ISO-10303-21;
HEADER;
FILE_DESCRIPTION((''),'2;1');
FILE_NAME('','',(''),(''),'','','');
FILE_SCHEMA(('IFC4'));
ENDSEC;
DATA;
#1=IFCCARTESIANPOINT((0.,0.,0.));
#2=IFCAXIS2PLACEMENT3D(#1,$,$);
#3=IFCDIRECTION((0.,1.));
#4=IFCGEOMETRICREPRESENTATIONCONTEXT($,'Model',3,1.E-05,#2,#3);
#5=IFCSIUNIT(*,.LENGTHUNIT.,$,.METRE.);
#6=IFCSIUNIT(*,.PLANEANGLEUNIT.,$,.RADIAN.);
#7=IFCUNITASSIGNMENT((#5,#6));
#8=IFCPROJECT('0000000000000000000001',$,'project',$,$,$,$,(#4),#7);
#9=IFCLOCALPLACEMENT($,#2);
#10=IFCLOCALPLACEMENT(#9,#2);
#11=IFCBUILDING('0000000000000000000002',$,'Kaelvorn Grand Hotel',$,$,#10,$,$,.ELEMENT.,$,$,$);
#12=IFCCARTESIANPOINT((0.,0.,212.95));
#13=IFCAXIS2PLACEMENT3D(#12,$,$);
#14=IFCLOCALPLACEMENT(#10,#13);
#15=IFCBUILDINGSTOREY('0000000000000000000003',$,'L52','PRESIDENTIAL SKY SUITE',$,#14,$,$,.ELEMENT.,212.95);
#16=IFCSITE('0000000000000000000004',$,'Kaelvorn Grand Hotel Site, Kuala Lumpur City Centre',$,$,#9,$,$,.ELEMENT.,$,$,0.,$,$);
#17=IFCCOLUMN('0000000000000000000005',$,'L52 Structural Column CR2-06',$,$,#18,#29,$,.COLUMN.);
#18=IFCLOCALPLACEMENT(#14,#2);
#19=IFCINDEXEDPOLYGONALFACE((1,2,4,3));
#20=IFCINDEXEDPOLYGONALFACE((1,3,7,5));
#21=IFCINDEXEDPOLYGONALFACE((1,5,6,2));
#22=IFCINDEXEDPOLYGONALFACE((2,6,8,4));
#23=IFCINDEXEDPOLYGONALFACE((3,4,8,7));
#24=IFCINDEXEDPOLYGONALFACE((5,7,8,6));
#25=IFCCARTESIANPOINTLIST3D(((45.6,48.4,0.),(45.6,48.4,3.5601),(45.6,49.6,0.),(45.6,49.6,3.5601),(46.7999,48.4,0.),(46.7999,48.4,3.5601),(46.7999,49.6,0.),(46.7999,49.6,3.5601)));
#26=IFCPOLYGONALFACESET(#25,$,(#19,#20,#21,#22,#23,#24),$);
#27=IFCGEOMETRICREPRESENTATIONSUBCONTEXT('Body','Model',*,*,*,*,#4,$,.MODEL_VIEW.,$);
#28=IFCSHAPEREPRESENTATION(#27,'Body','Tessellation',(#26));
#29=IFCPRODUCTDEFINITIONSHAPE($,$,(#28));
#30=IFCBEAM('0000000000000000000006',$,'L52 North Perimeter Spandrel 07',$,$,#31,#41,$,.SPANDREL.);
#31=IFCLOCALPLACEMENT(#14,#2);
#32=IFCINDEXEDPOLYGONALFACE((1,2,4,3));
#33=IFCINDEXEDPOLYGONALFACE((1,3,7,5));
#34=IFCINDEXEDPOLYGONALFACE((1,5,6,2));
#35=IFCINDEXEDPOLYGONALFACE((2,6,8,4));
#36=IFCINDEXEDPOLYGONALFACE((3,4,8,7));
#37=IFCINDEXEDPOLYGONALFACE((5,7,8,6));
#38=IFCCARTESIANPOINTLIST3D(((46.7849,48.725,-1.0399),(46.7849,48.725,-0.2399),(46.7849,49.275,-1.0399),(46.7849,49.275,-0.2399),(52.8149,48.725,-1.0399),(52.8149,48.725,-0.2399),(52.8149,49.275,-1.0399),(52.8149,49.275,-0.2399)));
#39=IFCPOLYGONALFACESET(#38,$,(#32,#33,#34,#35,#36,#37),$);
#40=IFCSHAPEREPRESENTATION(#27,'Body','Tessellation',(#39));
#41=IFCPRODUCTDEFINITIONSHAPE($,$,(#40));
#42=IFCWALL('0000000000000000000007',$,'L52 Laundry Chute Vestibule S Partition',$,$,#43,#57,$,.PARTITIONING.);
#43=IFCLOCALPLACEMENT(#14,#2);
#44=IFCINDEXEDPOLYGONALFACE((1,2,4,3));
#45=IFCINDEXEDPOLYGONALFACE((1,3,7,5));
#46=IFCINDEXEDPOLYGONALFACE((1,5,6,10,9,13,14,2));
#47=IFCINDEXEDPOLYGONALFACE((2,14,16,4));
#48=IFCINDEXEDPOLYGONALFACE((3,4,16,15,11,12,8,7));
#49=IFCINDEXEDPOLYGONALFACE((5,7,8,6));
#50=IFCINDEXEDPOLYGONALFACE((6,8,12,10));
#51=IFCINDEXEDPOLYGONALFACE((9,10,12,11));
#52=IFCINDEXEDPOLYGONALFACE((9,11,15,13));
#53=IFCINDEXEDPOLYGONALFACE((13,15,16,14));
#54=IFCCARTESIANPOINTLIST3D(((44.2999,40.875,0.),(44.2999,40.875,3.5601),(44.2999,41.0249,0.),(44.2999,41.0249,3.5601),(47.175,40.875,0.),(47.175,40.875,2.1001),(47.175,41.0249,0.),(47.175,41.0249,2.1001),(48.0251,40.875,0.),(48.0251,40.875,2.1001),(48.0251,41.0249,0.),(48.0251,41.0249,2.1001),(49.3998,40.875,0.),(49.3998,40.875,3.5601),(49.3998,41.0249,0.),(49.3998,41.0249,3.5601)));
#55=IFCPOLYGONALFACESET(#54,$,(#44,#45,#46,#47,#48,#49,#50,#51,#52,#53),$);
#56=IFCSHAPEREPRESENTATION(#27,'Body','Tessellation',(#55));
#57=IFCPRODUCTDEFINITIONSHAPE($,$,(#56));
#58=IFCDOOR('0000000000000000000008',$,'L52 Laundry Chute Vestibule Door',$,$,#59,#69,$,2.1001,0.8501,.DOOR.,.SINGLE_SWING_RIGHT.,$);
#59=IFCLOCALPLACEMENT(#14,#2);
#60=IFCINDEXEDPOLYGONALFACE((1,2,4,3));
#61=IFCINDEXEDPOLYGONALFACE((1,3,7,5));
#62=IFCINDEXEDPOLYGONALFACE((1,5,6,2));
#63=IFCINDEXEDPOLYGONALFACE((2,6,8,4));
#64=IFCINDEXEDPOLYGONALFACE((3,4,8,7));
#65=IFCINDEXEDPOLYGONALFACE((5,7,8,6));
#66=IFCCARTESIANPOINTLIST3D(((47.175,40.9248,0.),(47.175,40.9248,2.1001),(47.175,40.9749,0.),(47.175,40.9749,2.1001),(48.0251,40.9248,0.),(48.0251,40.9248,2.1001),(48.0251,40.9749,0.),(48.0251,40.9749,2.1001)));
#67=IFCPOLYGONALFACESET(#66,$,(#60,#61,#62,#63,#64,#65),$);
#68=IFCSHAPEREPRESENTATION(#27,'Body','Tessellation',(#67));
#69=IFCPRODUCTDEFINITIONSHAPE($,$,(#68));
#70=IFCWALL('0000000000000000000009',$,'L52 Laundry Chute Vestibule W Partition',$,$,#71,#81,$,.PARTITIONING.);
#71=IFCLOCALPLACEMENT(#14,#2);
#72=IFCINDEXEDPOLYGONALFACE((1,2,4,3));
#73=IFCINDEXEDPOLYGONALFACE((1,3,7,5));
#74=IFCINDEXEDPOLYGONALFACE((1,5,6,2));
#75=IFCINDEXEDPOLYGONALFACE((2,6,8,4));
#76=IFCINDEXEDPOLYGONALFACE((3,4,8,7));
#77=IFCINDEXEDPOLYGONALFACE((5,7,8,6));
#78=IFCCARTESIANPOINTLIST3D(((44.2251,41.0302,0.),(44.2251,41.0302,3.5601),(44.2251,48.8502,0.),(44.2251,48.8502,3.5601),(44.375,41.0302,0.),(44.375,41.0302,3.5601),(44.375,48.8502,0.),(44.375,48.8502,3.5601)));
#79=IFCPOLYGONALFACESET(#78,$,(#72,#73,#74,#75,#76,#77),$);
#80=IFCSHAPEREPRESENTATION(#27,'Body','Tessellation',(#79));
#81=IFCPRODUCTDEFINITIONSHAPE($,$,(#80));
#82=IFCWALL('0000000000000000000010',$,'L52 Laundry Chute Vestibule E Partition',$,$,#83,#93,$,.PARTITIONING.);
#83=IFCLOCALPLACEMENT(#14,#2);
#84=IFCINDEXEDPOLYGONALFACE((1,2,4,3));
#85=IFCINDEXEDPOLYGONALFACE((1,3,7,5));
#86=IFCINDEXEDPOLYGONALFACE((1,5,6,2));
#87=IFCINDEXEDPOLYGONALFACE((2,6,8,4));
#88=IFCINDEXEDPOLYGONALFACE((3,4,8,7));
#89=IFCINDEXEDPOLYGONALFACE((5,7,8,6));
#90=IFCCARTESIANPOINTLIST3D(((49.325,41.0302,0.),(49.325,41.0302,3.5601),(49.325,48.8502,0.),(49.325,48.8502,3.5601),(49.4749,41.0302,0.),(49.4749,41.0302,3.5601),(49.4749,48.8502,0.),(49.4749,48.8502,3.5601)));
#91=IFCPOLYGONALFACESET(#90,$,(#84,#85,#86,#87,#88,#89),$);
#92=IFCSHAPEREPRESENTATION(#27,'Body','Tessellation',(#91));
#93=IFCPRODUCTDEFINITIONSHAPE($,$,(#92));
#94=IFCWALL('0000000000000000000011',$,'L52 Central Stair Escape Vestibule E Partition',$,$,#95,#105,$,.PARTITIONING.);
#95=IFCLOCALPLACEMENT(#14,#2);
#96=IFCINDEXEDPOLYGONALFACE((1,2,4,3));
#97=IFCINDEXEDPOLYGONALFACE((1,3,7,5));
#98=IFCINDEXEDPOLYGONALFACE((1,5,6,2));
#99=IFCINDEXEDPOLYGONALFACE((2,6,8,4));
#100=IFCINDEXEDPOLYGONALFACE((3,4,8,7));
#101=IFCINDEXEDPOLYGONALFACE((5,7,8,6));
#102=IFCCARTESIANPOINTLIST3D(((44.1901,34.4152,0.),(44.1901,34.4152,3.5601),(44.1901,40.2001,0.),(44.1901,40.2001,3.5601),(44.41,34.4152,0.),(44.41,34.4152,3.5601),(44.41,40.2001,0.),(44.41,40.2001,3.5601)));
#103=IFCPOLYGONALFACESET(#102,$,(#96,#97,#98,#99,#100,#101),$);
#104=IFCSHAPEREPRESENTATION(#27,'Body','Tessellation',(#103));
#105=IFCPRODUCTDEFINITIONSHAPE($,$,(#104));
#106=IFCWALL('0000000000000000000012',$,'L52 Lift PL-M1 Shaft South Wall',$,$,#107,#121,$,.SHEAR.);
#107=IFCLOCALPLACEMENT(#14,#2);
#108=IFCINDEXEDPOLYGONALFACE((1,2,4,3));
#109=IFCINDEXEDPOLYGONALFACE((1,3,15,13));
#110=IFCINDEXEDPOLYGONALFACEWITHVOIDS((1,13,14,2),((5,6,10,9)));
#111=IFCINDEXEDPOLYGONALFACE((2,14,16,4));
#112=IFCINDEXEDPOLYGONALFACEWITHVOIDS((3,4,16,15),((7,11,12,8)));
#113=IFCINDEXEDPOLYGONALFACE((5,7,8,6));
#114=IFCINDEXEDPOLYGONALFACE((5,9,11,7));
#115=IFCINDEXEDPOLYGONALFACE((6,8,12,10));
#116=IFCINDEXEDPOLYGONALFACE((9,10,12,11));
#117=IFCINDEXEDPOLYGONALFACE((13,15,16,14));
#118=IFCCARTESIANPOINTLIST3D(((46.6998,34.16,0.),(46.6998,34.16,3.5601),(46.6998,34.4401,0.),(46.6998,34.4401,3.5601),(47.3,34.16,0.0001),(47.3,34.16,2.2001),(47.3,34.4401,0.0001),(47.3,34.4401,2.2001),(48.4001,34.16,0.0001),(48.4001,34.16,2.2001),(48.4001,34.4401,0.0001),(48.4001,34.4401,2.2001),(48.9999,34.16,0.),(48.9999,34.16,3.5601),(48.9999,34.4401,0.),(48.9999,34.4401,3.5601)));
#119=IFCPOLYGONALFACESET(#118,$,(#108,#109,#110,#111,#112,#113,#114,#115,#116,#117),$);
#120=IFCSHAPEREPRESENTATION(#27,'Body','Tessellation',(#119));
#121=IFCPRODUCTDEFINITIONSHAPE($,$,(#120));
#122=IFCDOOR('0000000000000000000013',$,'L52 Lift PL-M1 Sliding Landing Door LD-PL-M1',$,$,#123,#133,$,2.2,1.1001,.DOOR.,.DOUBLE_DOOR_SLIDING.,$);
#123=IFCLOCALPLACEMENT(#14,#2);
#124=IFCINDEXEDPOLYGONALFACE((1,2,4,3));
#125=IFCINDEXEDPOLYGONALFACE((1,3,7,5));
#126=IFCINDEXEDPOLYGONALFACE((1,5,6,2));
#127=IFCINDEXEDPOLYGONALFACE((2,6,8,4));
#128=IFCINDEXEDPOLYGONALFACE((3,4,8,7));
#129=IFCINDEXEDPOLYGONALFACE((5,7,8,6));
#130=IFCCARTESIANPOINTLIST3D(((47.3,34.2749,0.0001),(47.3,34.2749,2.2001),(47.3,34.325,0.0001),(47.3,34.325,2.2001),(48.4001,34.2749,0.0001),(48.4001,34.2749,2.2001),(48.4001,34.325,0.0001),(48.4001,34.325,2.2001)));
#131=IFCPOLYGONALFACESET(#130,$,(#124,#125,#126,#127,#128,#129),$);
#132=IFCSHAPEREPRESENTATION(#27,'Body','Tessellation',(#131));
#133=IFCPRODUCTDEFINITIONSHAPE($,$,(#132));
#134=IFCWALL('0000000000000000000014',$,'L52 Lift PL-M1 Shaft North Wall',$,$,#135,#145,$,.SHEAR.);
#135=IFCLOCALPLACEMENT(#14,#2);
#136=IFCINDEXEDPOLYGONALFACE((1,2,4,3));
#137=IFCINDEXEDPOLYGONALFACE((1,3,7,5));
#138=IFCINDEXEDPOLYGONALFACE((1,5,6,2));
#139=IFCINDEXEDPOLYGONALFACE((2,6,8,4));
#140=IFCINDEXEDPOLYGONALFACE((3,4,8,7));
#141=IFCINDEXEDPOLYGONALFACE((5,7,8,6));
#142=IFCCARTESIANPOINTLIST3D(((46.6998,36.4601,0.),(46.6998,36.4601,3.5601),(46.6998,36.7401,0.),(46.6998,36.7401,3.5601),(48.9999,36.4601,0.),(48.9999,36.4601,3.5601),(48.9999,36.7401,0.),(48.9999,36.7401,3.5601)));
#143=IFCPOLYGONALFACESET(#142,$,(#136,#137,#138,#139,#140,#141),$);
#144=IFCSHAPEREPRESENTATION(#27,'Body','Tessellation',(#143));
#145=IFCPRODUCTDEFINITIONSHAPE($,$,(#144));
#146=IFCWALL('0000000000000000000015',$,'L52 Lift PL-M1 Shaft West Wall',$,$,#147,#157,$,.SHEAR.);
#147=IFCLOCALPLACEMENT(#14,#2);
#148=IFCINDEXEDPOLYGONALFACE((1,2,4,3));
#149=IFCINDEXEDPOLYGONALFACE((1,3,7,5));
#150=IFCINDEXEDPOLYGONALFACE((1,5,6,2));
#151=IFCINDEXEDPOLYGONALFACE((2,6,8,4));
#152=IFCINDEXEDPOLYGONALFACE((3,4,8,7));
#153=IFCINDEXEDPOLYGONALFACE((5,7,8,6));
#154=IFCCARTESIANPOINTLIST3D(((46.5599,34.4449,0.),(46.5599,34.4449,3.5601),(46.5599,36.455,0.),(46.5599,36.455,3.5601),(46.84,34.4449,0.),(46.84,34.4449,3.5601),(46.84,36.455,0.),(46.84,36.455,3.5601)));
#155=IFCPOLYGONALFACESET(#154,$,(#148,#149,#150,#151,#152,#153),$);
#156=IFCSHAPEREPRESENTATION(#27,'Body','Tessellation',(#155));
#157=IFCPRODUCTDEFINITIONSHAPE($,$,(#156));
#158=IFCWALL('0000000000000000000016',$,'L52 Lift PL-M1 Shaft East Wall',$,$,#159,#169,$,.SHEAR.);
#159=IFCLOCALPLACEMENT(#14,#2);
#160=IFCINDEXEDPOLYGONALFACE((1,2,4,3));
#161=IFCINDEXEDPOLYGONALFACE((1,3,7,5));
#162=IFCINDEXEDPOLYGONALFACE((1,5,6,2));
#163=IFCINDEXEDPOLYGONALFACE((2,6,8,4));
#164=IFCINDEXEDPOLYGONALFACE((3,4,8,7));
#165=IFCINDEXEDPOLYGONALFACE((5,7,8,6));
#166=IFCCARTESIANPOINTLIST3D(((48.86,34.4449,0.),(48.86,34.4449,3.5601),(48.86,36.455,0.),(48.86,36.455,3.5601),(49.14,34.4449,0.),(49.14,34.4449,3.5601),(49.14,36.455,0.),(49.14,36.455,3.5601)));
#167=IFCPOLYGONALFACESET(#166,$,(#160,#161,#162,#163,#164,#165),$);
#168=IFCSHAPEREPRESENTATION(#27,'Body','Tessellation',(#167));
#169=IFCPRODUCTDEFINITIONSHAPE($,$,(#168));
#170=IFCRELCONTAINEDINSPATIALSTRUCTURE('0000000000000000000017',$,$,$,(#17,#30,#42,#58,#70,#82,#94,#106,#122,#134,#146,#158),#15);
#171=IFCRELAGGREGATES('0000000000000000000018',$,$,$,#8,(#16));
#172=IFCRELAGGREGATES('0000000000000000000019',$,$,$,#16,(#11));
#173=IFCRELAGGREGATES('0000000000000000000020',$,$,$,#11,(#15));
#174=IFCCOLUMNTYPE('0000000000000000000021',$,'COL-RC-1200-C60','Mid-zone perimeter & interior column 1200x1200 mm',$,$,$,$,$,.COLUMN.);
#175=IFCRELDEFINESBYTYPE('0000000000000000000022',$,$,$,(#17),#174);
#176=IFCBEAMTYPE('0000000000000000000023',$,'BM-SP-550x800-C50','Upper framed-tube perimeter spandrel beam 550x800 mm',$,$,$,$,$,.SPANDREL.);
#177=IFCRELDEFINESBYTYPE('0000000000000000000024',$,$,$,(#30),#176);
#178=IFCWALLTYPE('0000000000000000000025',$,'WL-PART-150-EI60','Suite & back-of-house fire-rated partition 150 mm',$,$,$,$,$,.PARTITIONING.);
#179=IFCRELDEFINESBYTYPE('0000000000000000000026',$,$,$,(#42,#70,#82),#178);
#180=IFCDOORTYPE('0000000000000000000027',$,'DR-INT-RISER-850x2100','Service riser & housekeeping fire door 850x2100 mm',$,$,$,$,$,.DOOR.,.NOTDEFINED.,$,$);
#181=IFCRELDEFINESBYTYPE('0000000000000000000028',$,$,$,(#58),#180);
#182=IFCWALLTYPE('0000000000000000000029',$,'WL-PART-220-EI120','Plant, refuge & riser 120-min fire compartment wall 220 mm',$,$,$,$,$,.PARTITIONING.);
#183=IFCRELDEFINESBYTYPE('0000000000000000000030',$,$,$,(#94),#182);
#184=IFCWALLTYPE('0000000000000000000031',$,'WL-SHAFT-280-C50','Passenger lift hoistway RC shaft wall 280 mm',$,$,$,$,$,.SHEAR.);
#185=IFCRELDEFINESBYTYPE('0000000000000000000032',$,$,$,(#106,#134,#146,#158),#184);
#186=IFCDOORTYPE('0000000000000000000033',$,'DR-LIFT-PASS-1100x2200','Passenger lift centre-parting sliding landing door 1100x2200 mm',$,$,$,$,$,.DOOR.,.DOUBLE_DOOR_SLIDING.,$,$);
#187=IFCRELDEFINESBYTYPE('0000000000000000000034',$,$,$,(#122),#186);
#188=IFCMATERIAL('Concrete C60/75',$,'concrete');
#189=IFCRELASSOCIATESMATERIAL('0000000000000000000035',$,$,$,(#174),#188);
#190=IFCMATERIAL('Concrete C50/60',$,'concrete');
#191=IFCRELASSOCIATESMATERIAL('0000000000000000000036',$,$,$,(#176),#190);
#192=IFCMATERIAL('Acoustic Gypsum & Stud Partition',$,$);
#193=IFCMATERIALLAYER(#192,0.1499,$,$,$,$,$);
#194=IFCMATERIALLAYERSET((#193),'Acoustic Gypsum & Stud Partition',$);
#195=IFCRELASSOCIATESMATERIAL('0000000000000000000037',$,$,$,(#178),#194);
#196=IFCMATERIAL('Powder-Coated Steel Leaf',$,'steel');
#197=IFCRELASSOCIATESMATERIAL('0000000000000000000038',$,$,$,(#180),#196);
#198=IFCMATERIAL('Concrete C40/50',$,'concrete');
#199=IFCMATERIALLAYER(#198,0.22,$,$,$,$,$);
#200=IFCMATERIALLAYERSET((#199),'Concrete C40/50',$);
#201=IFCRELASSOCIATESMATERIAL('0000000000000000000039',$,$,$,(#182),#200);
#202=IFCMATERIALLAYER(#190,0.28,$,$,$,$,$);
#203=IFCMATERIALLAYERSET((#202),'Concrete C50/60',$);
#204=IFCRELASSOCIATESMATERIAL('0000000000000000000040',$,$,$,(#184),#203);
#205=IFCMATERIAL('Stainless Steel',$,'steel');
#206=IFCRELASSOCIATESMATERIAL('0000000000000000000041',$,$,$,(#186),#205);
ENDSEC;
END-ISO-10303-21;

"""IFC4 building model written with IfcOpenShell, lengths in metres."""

from ifc_helpers import new_model, si_unit, direction, frame, frame_2d, origin, origin_2d, place, context, subcontext, project, spatial, rectangle, extrude, material, layer, layer_set, material_profile, profile_set, type_object, element, fill, save


model = new_model("IFC4")

# Units and contexts
model_context = context("Model", 3, precision=1e-05, world=origin(), true_north=direction((0.0, 1.0)))
body_context = subcontext(model_context, "Body", "Model", "MODEL_VIEW")
ifc_project = project(units=[si_unit("LENGTHUNIT", "METRE"), si_unit("PLANEANGLEUNIT", "RADIAN")], contexts=[model_context])

# Site, building, storey
site_placement = place(None, origin())
site = spatial("IfcSite", under=ifc_project, at=site_placement, Name="Kaelvorn Grand Hotel Site, Kuala Lumpur City Centre", CompositionType="ELEMENT", RefElevation=0.0)
building_placement = place(site_placement, origin())
building = spatial("IfcBuilding", under=site, at=building_placement, Name="Kaelvorn Grand Hotel", CompositionType="ELEMENT")
storey_placement = place(building_placement, frame((0.0, 0.0, 212.95)))
storey = spatial("IfcBuildingStorey", under=building, at=storey_placement, Name="L52", Description="PRESIDENTIAL SKY SUITE", CompositionType="ELEMENT", Elevation=212.95)

# Column
ifc_material_1 = material(Name="Concrete C60/75", Category="concrete")
ifc_material_profile_1 = material_profile(ifc_material_1, rectangle(XDim=1.2, YDim=1.2, at=origin_2d()), Name="RC COL 1200x1200")
ifc_profile_set_1 = profile_set([ifc_material_profile_1], Name="Concrete C60/75")
column_type = type_object("IfcColumnType", Name="COL-RC-1200-C60", Description="Mid-zone perimeter & interior column 1200x1200 mm", PredefinedType="COLUMN", material=ifc_profile_set_1)
column_placement = place(storey_placement, frame((46.2, 49.0, 0.0), z_axis=(0.0, 0.0, 1.0), x_axis=(1.0, 0.0, 0.0)))
element("IfcColumn", 1, at=column_placement, inside=storey, type_object=column_type, Name="L52 Structural Column CR2-06", PredefinedType="COLUMN", context=body_context, shape_type="SweptSolid", body=[
    extrude(rectangle(XDim=1.2, YDim=1.2, at=origin_2d()), origin(), (0.0, 0.0, 1.0), 3.5601),
])

# Beam
ifc_material_2 = material(Name="Concrete C50/60", Category="concrete")
ifc_material_profile_2 = material_profile(ifc_material_2, rectangle(XDim=0.55, YDim=0.8, at=origin_2d()), Name="RC SPANDREL 550x800")
ifc_profile_set_2 = profile_set([ifc_material_profile_2], Name="Concrete C50/60")
beam_type = type_object("IfcBeamType", Name="BM-SP-550x800-C50", Description="Upper framed-tube perimeter spandrel beam 550x800 mm", PredefinedType="SPANDREL", material=ifc_profile_set_2)
beam_placement = place(storey_placement, frame((46.7849, 49.0, -0.6399), z_axis=(1.0, 0.0, 0.0), x_axis=(0.0, 1.0, 0.0)))
element("IfcBeam", 2, at=beam_placement, inside=storey, type_object=beam_type, Name="L52 North Perimeter Spandrel 07", PredefinedType="SPANDREL", context=body_context, shape_type="SweptSolid", body=[
    extrude(rectangle(XDim=0.55, YDim=0.8, at=origin_2d()), origin(), (0.0, 0.0, 1.0), 6.03),
])

# Wall, opening, door
ifc_material_3 = material(Name="Acoustic Gypsum & Stud Partition")
ifc_layer_1 = layer(ifc_material_3, 0.1499)
ifc_layer_set_1 = layer_set([ifc_layer_1], Name="Acoustic Gypsum & Stud Partition")
wall_type_1 = type_object("IfcWallType", Name="WL-PART-150-EI60", Description="Suite & back-of-house fire-rated partition 150 mm", PredefinedType="PARTITIONING", material=ifc_layer_set_1)
wall_1_placement = place(storey_placement, frame((44.3, 40.95, 0.0), z_axis=(0.0, 0.0, 1.0), x_axis=(1.0, 0.0, 0.0)))
wall_1 = element("IfcWall", 3, at=wall_1_placement, inside=storey, type_object=wall_type_1, Name="L52 Laundry Chute Vestibule S Partition", PredefinedType="PARTITIONING", context=body_context, shape_type="SweptSolid", body=[
    extrude(rectangle(XDim=5.0999, YDim=0.1499, at=frame_2d((2.5498, 0.0))), origin(), (0.0, 0.0, 1.0), 3.5601),
])
opening_1_placement = place(wall_1_placement, frame((2.875, 0.0, 0.0)))
opening_1 = element("IfcOpeningElement", 4, at=opening_1_placement, cuts=wall_1, PredefinedType="OPENING", context=body_context, shape_type="SweptSolid", body=[
    extrude(rectangle(XDim=0.8501, YDim=2.1001, at=frame_2d((0.425, 1.05))), frame((0.0, 0.085, 0.0), z_axis=(0.0, -1.0, 0.0), x_axis=(1.0, 0.0, 0.0)), (0.0, 0.0, 1.0), 0.1699),
])
ifc_material_4 = material(Name="Powder-Coated Steel Leaf", Category="steel")
door_type_1 = type_object("IfcDoorType", Name="DR-INT-RISER-850x2100", Description="Service riser & housekeeping fire door 850x2100 mm", OperationType="NOTDEFINED", PredefinedType="DOOR", material=ifc_material_4)
door_1_placement = place(opening_1_placement, origin())
door_1 = element("IfcDoor", 5, at=door_1_placement, inside=storey, type_object=door_type_1, Name="L52 Laundry Chute Vestibule Door", OperationType="SINGLE_SWING_RIGHT", OverallHeight=2.1001, OverallWidth=0.8501, PredefinedType="DOOR", context=body_context, shape_type="SweptSolid", body=[
    extrude(rectangle(XDim=0.8501, YDim=2.1001, at=frame_2d((0.425, 1.05))), frame((0.0, 0.0249, 0.0), z_axis=(0.0, -1.0, 0.0), x_axis=(1.0, 0.0, 0.0)), (0.0, 0.0, 1.0), 0.05),
])
fill(opening_1, door_1)

# Walls
for number, where, z_axis, x_axis, name in (
    (6, (44.3, 41.03, 0.0), (0.0, 0.0, 1.0), (0.0, 1.0, 0.0), "L52 Laundry Chute Vestibule W Partition"),
    (7, (49.3999, 41.03, 0.0), (0.0, 0.0, 1.0), (0.0, 1.0, 0.0), "L52 Laundry Chute Vestibule E Partition"),
):
    element("IfcWall", number, at=place(storey_placement, frame(where, z_axis=z_axis, x_axis=x_axis)), inside=storey, type_object=wall_type_1, Name=name, PredefinedType="PARTITIONING", context=body_context, shape_type="SweptSolid", body=[
        extrude(rectangle(XDim=7.8201, YDim=0.1499, at=frame_2d((3.9102, 0.0))), origin(), (0.0, 0.0, 1.0), 3.5601),
    ])
ifc_material_5 = material(Name="Concrete C40/50", Category="concrete")
ifc_layer_2 = layer(ifc_material_5, 0.22)
ifc_layer_set_2 = layer_set([ifc_layer_2], Name="Concrete C40/50")
wall_type_2 = type_object("IfcWallType", Name="WL-PART-220-EI120", Description="Plant, refuge & riser 120-min fire compartment wall 220 mm", PredefinedType="PARTITIONING", material=ifc_layer_set_2)
wall_2_placement = place(storey_placement, frame((44.3, 34.415, 0.0), z_axis=(0.0, 0.0, 1.0), x_axis=(0.0, 1.0, 0.0)))
element("IfcWall", 8, at=wall_2_placement, inside=storey, type_object=wall_type_2, Name="L52 Central Stair Escape Vestibule E Partition", PredefinedType="PARTITIONING", context=body_context, shape_type="SweptSolid", body=[
    extrude(rectangle(XDim=5.7849, YDim=0.22, at=frame_2d((2.8926, 0.0))), origin(), (0.0, 0.0, 1.0), 3.5601),
])

# Wall, opening, door
ifc_layer_3 = layer(ifc_material_2, 0.28)
ifc_layer_set_3 = layer_set([ifc_layer_3], Name="Concrete C50/60")
wall_type_3 = type_object("IfcWallType", Name="WL-SHAFT-280-C50", Description="Passenger lift hoistway RC shaft wall 280 mm", PredefinedType="SHEAR", material=ifc_layer_set_3)
wall_3_placement = place(storey_placement, frame((46.7, 34.3, 0.0), z_axis=(0.0, 0.0, 1.0), x_axis=(1.0, 0.0, 0.0)))
wall_3 = element("IfcWall", 9, at=wall_3_placement, inside=storey, type_object=wall_type_3, Name="L52 Lift PL-M1 Shaft South Wall", PredefinedType="SHEAR", context=body_context, shape_type="SweptSolid", body=[
    extrude(rectangle(XDim=2.3, YDim=0.28, at=frame_2d((1.1499, 0.0))), origin(), (0.0, 0.0, 1.0), 3.5601),
])
opening_2_placement = place(wall_3_placement, frame((0.6001, 0.0, 0.0)))
opening_2 = element("IfcOpeningElement", 10, at=opening_2_placement, cuts=wall_3, PredefinedType="OPENING", context=body_context, shape_type="SweptSolid", body=[
    extrude(rectangle(XDim=1.1001, YDim=2.2, at=frame_2d((0.55, 1.1001))), frame((0.0, 0.1499, 0.0), z_axis=(0.0, -1.0, 0.0), x_axis=(1.0, 0.0, 0.0)), (0.0, 0.0, 1.0), 0.3),
])
ifc_material_6 = material(Name="Stainless Steel", Category="steel")
door_type_2 = type_object("IfcDoorType", Name="DR-LIFT-PASS-1100x2200", Description="Passenger lift centre-parting sliding landing door 1100x2200 mm", OperationType="DOUBLE_DOOR_SLIDING", PredefinedType="DOOR", material=ifc_material_6)
door_2_placement = place(opening_2_placement, origin())
door_2 = element("IfcDoor", 11, at=door_2_placement, inside=storey, type_object=door_type_2, Name="L52 Lift PL-M1 Sliding Landing Door LD-PL-M1", OperationType="DOUBLE_DOOR_SLIDING", OverallHeight=2.2, OverallWidth=1.1001, PredefinedType="DOOR", context=body_context, shape_type="SweptSolid", body=[
    extrude(rectangle(XDim=1.1001, YDim=2.2, at=frame_2d((0.55, 1.1001))), frame((0.0, 0.0249, 0.0), z_axis=(0.0, -1.0, 0.0), x_axis=(1.0, 0.0, 0.0)), (0.0, 0.0, 1.0), 0.05),
])
fill(opening_2, door_2)

# Walls
wall_4_placement = place(storey_placement, frame((46.7, 36.6001, 0.0), z_axis=(0.0, 0.0, 1.0), x_axis=(1.0, 0.0, 0.0)))
element("IfcWall", 12, at=wall_4_placement, inside=storey, type_object=wall_type_3, Name="L52 Lift PL-M1 Shaft North Wall", PredefinedType="SHEAR", context=body_context, shape_type="SweptSolid", body=[
    extrude(rectangle(XDim=2.3, YDim=0.28, at=frame_2d((1.1499, 0.0))), origin(), (0.0, 0.0, 1.0), 3.5601),
])
for number, where, z_axis, x_axis, name in (
    (13, (46.7, 34.4451, 0.0), (0.0, 0.0, 1.0), (0.0, 1.0, 0.0), "L52 Lift PL-M1 Shaft West Wall"),
    (14, (49.0, 34.4451, 0.0), (0.0, 0.0, 1.0), (0.0, 1.0, 0.0), "L52 Lift PL-M1 Shaft East Wall"),
):
    element("IfcWall", number, at=place(storey_placement, frame(where, z_axis=z_axis, x_axis=x_axis)), inside=storey, type_object=wall_type_3, Name=name, PredefinedType="SHEAR", context=body_context, shape_type="SweptSolid", body=[
        extrude(rectangle(XDim=2.01, YDim=0.28, at=frame_2d((1.0049, 0.0))), origin(), (0.0, 0.0, 1.0), 3.5601),
    ])

save(model, "model.ifc")
